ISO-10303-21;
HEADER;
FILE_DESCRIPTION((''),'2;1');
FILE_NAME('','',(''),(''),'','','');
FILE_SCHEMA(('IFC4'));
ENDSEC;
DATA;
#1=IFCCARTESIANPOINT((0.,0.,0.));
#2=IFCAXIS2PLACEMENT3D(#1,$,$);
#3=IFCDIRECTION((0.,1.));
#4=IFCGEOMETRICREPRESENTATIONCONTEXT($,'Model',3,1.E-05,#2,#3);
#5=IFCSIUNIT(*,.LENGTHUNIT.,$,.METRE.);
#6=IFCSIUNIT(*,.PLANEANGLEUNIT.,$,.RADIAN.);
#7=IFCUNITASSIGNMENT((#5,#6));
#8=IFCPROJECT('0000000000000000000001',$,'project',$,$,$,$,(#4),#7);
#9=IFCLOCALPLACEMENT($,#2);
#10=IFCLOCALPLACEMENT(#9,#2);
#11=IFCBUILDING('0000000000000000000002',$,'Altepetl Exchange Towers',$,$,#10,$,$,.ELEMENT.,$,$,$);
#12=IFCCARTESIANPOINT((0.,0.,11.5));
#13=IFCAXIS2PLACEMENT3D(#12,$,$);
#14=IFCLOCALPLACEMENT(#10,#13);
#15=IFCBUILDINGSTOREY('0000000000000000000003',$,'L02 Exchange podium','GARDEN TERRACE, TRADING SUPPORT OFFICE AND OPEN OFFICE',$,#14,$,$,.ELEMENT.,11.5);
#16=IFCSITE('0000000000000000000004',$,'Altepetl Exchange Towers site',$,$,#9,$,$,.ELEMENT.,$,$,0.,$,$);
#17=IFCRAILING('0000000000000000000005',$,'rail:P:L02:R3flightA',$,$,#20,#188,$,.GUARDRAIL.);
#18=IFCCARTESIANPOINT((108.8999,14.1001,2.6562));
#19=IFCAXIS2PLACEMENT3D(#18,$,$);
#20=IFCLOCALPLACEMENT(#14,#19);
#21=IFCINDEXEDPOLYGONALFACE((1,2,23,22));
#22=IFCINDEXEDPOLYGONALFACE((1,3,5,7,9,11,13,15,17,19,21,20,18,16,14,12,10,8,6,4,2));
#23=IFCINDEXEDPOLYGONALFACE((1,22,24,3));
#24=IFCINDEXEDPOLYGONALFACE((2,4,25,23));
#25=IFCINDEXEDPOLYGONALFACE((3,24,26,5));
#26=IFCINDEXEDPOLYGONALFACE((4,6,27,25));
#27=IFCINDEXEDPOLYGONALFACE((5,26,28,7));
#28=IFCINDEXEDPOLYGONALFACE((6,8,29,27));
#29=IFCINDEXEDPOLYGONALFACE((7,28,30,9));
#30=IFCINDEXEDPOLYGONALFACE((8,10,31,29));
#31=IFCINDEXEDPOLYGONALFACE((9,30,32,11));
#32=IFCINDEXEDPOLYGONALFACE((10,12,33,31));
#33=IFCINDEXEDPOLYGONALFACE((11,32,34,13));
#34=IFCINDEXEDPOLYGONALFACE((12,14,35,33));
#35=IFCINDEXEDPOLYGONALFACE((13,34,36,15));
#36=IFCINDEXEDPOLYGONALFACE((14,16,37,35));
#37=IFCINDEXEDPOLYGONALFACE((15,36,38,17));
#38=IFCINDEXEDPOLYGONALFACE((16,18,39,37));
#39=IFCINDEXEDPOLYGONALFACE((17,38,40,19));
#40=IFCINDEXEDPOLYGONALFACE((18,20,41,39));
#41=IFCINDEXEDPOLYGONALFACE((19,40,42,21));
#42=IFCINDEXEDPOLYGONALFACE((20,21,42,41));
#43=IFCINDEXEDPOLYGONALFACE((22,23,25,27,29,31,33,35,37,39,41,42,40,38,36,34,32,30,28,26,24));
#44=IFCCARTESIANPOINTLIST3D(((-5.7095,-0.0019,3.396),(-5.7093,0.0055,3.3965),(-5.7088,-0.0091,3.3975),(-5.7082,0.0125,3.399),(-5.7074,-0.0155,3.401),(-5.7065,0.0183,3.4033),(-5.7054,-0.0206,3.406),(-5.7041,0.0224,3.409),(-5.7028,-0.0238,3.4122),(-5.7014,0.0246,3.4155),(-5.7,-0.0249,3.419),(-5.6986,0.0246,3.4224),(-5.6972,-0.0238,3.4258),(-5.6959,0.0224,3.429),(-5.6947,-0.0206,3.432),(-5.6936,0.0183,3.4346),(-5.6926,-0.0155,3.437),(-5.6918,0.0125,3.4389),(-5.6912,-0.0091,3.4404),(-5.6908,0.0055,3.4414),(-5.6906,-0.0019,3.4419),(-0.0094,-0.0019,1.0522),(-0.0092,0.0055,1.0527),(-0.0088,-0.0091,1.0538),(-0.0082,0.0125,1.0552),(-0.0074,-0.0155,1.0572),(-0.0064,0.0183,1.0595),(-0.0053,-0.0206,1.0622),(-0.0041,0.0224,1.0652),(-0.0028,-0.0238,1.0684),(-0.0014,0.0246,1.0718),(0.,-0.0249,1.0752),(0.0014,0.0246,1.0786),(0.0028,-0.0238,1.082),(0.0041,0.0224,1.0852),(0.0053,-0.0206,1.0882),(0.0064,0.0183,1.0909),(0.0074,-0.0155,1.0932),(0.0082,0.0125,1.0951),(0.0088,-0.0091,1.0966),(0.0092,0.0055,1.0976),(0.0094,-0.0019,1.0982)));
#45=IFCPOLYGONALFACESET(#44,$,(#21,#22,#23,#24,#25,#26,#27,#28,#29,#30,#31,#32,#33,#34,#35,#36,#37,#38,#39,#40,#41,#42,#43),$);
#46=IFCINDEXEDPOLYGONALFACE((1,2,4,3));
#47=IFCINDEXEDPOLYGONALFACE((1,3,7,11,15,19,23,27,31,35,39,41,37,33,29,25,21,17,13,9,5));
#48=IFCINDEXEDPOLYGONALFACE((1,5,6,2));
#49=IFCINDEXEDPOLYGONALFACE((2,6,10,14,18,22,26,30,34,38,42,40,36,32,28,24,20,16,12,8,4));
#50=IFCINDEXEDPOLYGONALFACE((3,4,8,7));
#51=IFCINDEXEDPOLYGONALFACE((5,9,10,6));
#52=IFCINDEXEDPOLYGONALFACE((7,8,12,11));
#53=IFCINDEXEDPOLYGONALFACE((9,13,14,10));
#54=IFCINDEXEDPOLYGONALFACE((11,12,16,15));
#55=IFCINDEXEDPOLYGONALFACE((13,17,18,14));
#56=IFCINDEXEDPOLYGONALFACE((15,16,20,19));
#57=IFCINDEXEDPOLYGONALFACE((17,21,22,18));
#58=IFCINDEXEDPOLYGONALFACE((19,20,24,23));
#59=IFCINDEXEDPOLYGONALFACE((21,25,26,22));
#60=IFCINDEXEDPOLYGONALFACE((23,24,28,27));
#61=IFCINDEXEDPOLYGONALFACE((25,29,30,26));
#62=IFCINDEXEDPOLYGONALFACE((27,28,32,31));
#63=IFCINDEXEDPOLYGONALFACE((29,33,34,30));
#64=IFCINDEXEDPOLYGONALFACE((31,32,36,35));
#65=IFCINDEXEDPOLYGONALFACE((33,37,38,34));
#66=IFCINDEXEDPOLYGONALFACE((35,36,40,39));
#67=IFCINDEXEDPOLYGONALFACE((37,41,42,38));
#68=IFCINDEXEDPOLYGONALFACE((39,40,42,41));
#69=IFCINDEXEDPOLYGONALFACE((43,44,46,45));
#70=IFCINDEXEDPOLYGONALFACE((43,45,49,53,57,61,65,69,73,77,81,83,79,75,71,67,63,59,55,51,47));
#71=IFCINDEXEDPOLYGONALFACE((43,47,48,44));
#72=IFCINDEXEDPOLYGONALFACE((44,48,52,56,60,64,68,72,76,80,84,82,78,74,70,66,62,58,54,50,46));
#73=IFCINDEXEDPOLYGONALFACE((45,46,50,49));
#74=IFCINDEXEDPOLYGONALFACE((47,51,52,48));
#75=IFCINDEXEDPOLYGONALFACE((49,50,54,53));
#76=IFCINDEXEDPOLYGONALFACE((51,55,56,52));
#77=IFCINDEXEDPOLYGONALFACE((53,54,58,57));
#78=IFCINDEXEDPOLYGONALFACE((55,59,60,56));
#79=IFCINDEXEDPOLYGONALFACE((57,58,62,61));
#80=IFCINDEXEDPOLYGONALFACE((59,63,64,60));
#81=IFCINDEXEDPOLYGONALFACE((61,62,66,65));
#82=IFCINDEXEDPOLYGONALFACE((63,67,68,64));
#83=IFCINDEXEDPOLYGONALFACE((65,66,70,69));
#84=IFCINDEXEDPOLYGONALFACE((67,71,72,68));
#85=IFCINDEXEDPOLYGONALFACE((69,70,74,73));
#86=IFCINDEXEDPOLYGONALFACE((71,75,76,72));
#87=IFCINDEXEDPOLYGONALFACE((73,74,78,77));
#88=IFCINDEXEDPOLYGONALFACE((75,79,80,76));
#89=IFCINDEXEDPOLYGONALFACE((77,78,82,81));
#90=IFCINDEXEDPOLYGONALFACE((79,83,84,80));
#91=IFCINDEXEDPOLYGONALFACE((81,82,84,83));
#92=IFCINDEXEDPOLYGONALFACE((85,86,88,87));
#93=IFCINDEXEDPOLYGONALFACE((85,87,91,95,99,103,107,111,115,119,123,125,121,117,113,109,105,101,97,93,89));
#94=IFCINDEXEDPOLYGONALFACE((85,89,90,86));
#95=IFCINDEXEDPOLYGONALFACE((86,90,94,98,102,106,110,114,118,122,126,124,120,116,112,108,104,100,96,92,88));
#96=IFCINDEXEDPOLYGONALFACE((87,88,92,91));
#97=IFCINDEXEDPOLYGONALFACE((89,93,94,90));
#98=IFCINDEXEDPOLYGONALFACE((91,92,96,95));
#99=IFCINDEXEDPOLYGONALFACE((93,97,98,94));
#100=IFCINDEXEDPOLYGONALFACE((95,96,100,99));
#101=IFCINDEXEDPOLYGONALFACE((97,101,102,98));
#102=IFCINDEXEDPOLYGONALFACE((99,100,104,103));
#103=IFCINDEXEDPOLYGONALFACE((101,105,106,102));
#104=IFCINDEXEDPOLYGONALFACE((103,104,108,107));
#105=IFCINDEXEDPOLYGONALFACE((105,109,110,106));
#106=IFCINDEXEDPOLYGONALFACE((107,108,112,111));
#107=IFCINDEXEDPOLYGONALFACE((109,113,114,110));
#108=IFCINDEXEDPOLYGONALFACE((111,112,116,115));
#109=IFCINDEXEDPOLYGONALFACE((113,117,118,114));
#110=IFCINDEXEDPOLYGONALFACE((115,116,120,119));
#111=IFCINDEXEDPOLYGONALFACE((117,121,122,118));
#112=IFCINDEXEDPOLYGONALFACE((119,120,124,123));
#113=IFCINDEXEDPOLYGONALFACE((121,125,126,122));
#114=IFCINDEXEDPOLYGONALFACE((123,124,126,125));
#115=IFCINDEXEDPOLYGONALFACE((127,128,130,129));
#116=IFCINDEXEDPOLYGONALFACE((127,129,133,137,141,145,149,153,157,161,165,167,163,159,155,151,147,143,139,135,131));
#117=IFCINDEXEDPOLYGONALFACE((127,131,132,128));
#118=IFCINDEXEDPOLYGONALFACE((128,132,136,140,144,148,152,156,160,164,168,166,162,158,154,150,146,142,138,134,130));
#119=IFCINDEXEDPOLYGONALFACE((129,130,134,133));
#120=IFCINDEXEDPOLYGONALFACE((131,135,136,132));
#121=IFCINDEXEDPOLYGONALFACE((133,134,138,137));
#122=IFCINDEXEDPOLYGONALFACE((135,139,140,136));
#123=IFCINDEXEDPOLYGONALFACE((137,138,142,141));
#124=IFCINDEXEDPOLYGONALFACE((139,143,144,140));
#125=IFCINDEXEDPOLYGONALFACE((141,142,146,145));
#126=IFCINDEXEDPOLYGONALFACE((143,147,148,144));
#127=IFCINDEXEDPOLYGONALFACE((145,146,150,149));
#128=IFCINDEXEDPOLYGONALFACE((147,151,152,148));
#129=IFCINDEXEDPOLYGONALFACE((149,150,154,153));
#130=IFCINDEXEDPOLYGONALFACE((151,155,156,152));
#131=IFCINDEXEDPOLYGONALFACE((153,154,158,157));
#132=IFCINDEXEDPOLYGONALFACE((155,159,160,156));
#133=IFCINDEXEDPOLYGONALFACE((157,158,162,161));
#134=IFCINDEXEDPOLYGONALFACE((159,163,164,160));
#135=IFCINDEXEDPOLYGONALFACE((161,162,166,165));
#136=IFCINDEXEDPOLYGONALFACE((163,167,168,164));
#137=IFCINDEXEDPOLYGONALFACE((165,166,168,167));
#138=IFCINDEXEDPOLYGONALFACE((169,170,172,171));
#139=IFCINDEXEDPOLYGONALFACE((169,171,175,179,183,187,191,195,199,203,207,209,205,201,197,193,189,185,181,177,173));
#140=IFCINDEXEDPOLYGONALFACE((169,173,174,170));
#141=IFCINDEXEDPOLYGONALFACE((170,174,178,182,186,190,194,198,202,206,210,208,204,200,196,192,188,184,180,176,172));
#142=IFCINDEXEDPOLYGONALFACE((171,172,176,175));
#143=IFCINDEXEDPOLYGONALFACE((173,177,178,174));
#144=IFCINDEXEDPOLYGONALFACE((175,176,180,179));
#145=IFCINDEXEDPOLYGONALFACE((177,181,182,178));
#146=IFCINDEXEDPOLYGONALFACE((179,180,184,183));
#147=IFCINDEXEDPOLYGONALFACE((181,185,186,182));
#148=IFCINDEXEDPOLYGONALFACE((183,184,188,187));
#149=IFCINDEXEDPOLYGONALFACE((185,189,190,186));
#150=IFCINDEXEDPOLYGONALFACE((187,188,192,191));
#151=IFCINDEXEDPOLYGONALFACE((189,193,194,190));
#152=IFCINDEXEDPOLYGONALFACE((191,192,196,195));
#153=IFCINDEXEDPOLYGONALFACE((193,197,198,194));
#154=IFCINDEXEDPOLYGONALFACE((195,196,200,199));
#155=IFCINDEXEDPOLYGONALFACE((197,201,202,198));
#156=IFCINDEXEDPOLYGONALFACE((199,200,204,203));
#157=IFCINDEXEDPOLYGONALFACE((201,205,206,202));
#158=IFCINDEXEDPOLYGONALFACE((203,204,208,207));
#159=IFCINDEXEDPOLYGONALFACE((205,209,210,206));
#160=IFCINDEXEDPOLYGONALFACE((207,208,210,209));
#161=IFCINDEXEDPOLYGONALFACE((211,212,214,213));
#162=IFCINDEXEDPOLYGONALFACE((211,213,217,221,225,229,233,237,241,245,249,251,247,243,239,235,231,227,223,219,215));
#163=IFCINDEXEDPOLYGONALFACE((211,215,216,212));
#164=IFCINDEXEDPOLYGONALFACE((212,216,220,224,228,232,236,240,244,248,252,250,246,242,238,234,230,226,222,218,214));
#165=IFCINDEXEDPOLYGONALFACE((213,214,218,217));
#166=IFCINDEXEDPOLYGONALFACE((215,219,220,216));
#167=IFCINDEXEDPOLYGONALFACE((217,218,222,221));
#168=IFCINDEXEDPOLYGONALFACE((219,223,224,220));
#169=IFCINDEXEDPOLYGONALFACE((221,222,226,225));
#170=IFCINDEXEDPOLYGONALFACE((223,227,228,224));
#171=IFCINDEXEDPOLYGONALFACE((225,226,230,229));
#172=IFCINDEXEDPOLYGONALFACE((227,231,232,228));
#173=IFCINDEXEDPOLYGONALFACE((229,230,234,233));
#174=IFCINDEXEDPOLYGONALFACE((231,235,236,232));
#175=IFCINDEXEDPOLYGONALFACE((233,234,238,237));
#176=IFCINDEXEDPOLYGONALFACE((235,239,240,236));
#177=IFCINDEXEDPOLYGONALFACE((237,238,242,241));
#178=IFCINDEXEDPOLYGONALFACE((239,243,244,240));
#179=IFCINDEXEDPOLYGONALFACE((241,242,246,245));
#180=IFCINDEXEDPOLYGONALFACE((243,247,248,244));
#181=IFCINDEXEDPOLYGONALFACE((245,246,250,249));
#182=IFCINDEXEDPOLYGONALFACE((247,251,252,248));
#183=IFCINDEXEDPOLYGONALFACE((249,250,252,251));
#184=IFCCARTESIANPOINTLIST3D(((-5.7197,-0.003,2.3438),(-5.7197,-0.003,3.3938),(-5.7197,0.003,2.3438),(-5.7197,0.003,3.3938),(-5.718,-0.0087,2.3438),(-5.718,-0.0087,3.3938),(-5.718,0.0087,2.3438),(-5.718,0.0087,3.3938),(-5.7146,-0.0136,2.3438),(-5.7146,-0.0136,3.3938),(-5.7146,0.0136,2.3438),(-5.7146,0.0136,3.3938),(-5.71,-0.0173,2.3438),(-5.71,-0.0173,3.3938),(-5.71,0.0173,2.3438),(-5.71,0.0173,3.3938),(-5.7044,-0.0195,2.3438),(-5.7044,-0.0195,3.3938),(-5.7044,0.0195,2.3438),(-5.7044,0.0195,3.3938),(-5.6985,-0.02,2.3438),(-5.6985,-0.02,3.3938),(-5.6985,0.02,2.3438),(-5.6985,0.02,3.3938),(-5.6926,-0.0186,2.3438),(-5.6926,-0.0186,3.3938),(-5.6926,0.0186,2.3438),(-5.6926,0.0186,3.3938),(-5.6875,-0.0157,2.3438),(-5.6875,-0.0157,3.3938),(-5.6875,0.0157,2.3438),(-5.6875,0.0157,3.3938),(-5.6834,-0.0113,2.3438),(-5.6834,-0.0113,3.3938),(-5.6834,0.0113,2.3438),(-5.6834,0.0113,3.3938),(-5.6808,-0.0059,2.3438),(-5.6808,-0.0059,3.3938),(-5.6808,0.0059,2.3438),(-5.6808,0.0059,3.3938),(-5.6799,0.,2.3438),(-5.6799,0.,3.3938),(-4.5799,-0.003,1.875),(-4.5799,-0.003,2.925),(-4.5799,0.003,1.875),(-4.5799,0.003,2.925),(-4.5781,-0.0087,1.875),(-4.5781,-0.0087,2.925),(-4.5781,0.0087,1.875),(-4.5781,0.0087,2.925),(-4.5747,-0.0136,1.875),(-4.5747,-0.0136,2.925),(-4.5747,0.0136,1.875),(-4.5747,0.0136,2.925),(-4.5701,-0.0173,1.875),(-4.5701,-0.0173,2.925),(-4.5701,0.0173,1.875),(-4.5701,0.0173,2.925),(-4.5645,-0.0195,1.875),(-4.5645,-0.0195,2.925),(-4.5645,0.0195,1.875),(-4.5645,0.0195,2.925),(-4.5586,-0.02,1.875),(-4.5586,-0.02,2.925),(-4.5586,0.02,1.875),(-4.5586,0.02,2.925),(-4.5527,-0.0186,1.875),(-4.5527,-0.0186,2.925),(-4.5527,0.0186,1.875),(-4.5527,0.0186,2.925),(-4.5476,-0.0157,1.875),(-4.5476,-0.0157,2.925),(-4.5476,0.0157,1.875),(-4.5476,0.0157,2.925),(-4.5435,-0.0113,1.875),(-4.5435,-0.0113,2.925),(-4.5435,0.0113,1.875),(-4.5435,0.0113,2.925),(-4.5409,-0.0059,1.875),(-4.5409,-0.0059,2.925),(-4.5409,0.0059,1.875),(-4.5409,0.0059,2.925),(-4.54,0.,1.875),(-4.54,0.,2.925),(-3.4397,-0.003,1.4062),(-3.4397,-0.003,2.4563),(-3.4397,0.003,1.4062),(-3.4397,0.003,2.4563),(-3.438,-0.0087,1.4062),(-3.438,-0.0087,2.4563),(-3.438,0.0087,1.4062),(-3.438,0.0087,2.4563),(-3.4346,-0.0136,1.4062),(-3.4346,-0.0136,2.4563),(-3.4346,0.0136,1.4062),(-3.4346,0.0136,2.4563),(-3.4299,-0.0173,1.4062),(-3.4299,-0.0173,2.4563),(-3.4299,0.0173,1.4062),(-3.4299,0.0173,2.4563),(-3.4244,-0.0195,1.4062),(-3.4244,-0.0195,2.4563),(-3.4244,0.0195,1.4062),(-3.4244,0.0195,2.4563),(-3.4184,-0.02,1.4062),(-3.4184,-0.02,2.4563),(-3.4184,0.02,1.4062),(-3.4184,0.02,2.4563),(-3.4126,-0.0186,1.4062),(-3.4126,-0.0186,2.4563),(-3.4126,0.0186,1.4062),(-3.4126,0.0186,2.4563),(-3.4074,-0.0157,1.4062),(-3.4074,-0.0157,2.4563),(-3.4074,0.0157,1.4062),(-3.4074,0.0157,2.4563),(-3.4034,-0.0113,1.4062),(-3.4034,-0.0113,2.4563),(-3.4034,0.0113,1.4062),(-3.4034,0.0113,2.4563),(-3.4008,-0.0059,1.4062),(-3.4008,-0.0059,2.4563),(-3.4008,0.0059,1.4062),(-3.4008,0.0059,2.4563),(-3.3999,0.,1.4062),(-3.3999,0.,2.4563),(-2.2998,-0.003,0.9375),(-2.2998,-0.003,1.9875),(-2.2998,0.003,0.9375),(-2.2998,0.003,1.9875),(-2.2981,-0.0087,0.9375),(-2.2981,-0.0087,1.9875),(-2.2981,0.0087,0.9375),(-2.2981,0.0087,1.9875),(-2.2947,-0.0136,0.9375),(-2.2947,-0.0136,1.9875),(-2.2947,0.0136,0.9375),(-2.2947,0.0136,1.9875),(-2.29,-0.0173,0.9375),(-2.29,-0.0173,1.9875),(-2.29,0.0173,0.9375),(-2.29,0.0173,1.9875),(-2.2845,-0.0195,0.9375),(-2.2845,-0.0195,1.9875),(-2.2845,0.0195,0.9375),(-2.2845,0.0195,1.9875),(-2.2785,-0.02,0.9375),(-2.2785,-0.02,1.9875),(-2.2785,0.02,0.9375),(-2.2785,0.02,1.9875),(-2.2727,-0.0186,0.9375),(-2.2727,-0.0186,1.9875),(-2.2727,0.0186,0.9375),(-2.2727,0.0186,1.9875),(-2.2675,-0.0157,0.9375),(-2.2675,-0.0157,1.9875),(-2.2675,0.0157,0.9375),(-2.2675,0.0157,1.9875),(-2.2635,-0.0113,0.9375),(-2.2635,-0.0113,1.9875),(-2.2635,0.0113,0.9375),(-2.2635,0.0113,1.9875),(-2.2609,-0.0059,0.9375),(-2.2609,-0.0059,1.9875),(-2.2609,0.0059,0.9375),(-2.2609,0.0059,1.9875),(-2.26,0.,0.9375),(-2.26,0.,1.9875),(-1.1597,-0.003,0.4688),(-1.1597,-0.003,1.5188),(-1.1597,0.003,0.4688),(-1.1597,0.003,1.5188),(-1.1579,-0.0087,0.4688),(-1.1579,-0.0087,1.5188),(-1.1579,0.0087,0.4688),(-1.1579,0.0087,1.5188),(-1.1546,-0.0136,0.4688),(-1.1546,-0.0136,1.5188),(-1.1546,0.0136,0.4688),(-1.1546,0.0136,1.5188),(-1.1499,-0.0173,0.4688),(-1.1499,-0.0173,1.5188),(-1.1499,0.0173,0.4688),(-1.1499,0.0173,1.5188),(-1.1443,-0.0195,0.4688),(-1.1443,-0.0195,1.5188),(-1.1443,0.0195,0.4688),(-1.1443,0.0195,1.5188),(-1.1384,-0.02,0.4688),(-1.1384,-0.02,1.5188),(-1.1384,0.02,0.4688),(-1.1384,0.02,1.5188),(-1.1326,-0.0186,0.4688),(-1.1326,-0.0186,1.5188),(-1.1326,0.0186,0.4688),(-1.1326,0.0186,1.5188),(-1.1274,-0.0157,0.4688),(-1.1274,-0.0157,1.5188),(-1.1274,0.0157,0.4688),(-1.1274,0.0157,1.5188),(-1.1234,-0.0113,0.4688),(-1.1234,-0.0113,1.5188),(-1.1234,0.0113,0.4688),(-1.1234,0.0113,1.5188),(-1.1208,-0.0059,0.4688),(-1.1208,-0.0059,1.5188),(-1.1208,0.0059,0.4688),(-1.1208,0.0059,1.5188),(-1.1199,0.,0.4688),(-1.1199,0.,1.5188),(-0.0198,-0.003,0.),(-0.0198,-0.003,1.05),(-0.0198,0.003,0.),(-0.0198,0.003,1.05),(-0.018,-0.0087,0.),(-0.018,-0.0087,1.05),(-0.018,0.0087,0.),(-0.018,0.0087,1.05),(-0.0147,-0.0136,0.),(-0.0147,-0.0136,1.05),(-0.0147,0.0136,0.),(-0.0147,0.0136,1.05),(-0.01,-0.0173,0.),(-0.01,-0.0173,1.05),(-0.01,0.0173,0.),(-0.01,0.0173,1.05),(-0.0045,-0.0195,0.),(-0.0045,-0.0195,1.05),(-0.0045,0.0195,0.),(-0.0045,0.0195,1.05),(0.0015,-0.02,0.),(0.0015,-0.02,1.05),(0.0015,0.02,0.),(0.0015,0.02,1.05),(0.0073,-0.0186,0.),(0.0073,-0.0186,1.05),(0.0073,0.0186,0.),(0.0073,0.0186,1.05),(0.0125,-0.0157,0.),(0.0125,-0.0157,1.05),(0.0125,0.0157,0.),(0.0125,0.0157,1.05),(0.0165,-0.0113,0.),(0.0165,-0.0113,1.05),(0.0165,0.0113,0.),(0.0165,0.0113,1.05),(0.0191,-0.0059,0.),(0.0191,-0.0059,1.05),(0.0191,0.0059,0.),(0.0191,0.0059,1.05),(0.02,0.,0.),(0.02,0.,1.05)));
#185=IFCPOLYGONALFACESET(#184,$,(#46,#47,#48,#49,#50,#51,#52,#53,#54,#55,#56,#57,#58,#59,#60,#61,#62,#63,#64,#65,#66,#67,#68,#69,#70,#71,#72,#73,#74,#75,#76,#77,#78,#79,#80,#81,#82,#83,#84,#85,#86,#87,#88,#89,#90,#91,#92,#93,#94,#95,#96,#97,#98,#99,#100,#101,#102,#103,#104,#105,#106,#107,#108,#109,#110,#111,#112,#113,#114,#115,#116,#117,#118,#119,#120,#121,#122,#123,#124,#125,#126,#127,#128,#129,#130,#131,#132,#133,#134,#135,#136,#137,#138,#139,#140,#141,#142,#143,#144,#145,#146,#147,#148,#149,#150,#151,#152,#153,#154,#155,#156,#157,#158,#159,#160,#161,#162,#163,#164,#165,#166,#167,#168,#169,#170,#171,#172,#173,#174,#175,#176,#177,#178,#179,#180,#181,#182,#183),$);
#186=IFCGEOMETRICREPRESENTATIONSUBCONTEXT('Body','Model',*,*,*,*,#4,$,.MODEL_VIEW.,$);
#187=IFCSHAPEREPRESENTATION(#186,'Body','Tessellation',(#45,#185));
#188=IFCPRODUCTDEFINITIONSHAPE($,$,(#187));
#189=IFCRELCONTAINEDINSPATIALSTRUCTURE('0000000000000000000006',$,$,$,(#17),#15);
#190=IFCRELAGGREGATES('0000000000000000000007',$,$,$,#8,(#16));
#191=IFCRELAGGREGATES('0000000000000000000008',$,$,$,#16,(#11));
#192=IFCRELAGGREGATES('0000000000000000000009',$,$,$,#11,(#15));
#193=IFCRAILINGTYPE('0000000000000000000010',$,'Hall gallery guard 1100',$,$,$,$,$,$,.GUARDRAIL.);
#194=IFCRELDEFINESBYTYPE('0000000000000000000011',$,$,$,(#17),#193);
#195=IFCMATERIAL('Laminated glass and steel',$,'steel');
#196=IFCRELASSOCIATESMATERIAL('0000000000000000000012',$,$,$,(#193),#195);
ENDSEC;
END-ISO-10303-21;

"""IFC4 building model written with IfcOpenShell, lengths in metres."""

from ifc_helpers import new_model, si_unit, direction, frame, origin, origin_2d, place, context, subcontext, project, spatial, circle, extrude, source, transform, mapped, material, type_object, element, save


model = new_model("IFC4")

# Units and contexts
model_context = context("Model", 3, precision=1e-05, world=origin(), true_north=direction((0.0, 1.0)))
body_context = subcontext(model_context, "Body", "Model", "MODEL_VIEW")
ifc_project = project(units=[si_unit("LENGTHUNIT", "METRE"), si_unit("PLANEANGLEUNIT", "RADIAN")], contexts=[model_context])

# Site, building, storey
site_placement = place(None, origin())
site = spatial("IfcSite", under=ifc_project, at=site_placement, Name="Altepetl Exchange Towers site", CompositionType="ELEMENT", RefElevation=0.0)
building_placement = place(site_placement, origin())
building = spatial("IfcBuilding", under=site, at=building_placement, Name="Altepetl Exchange Towers", CompositionType="ELEMENT")
storey_placement = place(building_placement, frame((0.0, 0.0, 11.5)))
storey = spatial("IfcBuildingStorey", under=building, at=storey_placement, Name="L02 Exchange podium", Description="GARDEN TERRACE, TRADING SUPPORT OFFICE AND OPEN OFFICE", CompositionType="ELEMENT", Elevation=11.5)

# Railing
ifc_material_1 = material(Name="Laminated glass and steel", Category="steel")
railing_type_1 = type_object("IfcRailingType", Name="Hall gallery guard 1100", PredefinedType="GUARDRAIL", material=ifc_material_1)
shared_shape_1 = source(origin(), body_context, "Body", "SweptSolid", [
    extrude(circle(Radius=0.02, at=origin_2d()), origin(), (0.0, 0.0, 1.0), 1.05),
])
for number, where, name in (
    (1, (108.8999, 14.1001, 2.6562), "rail:P:L02:R3flightA"),
):
    element("IfcRailing", number, at=place(storey_placement, frame(where)), inside=storey, type_object=railing_type_1, Name=name, PredefinedType="GUARDRAIL", context=body_context, shape_type="SweptSolid", body=[
        extrude(circle(Radius=0.0249, at=origin_2d()), frame((0.0, 0.0, 1.0752), z_axis=(-0.924866, 0.0, 0.380293), x_axis=(0.0, -1.0, 0.0)), (0.0, 0.0, 1.0), 6.1631),
        mapped(shared_shape_1, transform((0.0, 0.0, 0.0))),
        mapped(shared_shape_1, transform((-1.1399, 0.0, 0.4688))),
        mapped(shared_shape_1, transform((-2.28, 0.0, 0.9375))),
        mapped(shared_shape_1, transform((-3.4199, 0.0, 1.4062))),
        mapped(shared_shape_1, transform((-4.5601, 0.0, 1.875))),
        mapped(shared_shape_1, transform((-5.7, 0.0, 2.3438))),
    ])

save(model, "model.ifc")
